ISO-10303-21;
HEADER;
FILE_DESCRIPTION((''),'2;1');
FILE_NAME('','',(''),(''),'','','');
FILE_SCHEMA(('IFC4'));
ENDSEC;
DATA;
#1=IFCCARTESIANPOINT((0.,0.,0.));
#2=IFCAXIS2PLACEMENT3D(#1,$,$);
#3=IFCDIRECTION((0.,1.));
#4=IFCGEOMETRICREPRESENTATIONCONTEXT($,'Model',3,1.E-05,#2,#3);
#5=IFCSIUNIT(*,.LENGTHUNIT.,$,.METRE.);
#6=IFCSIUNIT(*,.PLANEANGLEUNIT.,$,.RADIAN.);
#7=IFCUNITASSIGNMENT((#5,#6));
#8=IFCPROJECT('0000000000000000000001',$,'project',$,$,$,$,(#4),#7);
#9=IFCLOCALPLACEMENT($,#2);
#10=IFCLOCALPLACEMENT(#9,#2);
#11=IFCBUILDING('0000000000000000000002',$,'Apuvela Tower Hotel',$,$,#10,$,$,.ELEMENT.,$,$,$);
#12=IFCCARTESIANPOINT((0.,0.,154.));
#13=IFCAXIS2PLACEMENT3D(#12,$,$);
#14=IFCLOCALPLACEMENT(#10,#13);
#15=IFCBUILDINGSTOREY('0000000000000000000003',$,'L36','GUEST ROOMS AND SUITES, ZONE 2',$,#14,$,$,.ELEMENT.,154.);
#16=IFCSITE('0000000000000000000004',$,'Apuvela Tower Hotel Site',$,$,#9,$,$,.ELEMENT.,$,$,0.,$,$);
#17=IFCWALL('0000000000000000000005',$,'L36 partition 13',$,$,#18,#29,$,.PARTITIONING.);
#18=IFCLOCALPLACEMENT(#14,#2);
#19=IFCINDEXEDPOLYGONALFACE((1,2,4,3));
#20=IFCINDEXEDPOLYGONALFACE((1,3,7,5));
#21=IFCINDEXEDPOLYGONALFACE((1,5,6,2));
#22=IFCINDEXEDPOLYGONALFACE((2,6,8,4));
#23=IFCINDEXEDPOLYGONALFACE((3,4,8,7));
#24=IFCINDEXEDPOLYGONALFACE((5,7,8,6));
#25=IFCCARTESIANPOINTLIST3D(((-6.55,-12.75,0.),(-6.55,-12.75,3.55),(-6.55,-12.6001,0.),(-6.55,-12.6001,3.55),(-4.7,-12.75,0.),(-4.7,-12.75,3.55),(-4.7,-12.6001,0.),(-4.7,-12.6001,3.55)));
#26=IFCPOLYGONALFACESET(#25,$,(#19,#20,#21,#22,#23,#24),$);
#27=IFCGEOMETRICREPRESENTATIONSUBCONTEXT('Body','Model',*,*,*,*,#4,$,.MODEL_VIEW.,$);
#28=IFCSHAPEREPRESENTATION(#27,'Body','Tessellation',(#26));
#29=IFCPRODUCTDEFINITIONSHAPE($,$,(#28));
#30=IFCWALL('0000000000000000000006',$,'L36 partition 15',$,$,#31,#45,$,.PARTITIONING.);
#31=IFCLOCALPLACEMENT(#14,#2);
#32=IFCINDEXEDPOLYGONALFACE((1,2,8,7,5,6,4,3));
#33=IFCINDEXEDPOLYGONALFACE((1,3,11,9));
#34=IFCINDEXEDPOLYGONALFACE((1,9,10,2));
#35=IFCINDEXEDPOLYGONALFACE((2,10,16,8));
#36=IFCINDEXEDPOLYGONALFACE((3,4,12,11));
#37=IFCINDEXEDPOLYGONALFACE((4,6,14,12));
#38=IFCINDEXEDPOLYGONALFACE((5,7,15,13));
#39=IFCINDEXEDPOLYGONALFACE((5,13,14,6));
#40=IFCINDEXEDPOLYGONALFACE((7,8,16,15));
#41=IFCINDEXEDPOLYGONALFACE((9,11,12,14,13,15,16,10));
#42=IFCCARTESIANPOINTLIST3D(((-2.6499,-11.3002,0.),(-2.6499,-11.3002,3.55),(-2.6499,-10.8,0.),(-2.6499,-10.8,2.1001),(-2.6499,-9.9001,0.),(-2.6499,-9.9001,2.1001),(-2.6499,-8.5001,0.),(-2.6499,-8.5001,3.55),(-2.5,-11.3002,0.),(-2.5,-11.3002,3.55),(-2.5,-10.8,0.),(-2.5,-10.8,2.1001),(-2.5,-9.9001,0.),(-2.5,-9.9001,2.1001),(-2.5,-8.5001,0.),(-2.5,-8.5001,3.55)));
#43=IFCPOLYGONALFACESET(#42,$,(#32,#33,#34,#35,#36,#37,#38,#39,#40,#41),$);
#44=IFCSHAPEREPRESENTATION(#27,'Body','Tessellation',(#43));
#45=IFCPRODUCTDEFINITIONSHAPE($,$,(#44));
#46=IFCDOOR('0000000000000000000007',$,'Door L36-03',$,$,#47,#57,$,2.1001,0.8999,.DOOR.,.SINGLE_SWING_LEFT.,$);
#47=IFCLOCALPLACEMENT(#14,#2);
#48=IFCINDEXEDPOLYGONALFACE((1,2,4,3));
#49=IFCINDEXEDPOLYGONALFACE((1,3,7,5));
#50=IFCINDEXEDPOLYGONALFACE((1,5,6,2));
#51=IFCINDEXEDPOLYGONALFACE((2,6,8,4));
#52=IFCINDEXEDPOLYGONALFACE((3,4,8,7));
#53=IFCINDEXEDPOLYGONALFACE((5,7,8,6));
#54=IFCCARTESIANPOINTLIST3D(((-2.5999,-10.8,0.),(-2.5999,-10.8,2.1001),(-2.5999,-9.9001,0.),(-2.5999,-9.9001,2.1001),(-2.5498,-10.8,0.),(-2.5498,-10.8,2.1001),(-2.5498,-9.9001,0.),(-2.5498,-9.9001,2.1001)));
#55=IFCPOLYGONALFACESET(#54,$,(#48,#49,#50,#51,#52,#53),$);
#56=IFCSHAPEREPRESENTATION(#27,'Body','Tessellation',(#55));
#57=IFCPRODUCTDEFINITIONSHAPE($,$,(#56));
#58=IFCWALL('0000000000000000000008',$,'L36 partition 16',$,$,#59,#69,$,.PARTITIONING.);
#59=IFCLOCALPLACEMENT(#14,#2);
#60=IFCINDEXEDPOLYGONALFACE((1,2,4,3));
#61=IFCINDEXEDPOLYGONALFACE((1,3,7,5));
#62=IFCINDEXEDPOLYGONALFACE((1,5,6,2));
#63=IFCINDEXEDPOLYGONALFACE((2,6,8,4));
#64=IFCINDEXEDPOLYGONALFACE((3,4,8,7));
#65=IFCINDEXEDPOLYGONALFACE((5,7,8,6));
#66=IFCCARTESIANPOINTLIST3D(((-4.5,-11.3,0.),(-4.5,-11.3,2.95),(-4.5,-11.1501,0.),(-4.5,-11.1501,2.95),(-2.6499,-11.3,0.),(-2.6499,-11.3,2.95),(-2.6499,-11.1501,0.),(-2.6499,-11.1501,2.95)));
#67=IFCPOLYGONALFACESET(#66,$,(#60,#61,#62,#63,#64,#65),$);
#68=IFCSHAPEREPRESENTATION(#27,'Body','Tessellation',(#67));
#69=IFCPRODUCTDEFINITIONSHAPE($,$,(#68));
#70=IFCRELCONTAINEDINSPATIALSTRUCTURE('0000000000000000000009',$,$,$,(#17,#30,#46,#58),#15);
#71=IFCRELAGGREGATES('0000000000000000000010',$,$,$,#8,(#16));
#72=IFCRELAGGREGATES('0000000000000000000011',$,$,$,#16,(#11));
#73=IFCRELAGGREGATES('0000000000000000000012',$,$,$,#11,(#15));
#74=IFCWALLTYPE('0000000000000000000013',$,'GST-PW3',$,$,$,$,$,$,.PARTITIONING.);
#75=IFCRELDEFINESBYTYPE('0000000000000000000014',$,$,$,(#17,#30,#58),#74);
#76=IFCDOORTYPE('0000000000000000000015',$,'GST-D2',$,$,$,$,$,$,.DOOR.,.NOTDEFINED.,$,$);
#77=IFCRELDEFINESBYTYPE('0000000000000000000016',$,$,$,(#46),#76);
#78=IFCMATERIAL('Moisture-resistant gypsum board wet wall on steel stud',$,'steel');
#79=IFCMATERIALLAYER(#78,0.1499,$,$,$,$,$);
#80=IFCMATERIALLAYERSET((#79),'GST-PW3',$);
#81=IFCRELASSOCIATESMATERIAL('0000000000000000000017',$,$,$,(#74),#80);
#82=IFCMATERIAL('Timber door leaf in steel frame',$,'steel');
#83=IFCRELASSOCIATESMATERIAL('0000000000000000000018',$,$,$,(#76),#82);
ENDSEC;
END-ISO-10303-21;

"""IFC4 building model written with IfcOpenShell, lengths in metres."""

from ifc_helpers import new_model, si_unit, direction, frame, frame_2d, origin, place, context, subcontext, project, spatial, rectangle, extrude, material, layer, layer_set, type_object, element, fill, save


model = new_model("IFC4")

# Units and contexts
model_context = context("Model", 3, precision=1e-05, world=origin(), true_north=direction((0.0, 1.0)))
body_context = subcontext(model_context, "Body", "Model", "MODEL_VIEW")
ifc_project = project(units=[si_unit("LENGTHUNIT", "METRE"), si_unit("PLANEANGLEUNIT", "RADIAN")], contexts=[model_context])

# Site, building, storey
site_placement = place(None, origin())
site = spatial("IfcSite", under=ifc_project, at=site_placement, Name="Apuvela Tower Hotel Site", CompositionType="ELEMENT", RefElevation=0.0)
building_placement = place(site_placement, origin())
building = spatial("IfcBuilding", under=site, at=building_placement, Name="Apuvela Tower Hotel", CompositionType="ELEMENT")
storey_placement = place(building_placement, frame((0.0, 0.0, 154.0)))
storey = spatial("IfcBuildingStorey", under=building, at=storey_placement, Name="L36", Description="GUEST ROOMS AND SUITES, ZONE 2", CompositionType="ELEMENT", Elevation=154.0)

# Shared definitions
ifc_material_1 = material(Name="Timber door leaf in steel frame", Category="steel")
ifc_material_2 = material(Name="Moisture-resistant gypsum board wet wall on steel stud", Category="steel")
ifc_layer_1 = layer(ifc_material_2, 0.1499)
ifc_layer_set_1 = layer_set([ifc_layer_1], Name="GST-PW3")
wall_type_1 = type_object("IfcWallType", Name="GST-PW3", PredefinedType="PARTITIONING", material=ifc_layer_set_1)
door_type_1 = type_object("IfcDoorType", Name="GST-D2", OperationType="NOTDEFINED", PredefinedType="DOOR", material=ifc_material_1)

# Wall
for number, where, z_axis, x_axis, name in (
    (1, (-6.55, -12.675, 0.0), (0.0, 0.0, 1.0), (1.0, 0.0, 0.0), "L36 partition 13"),
):
    element("IfcWall", number, at=place(storey_placement, frame(where, z_axis=z_axis, x_axis=x_axis)), inside=storey, type_object=wall_type_1, Name=name, PredefinedType="PARTITIONING", context=body_context, shape_type="SweptSolid", body=[
        extrude(rectangle(XDim=1.8501, YDim=0.1499, at=frame_2d((0.925, 0.0))), origin(), (0.0, 0.0, 1.0), 3.55),
    ])

# Wall, opening, door
wall_1_placement = place(storey_placement, frame((-2.575, -11.3, 0.0), z_axis=(0.0, 0.0, 1.0), x_axis=(0.0, 1.0, 0.0)))
wall_1 = element("IfcWall", 2, at=wall_1_placement, inside=storey, type_object=wall_type_1, Name="L36 partition 15", PredefinedType="PARTITIONING", context=body_context, shape_type="SweptSolid", body=[
    extrude(rectangle(XDim=2.8, YDim=0.1499, at=frame_2d((1.3999, 0.0))), origin(), (0.0, 0.0, 1.0), 3.55),
])
opening_1_placement = place(wall_1_placement, frame((0.5, 0.0, 0.0)))
opening_1 = element("IfcOpeningElement", 3, at=opening_1_placement, cuts=wall_1, PredefinedType="OPENING", context=body_context, shape_type="SweptSolid", body=[
    extrude(rectangle(XDim=0.8999, YDim=2.1001, at=frame_2d((0.45, 1.05))), frame((0.0, 0.085, 0.0), z_axis=(0.0, -1.0, 0.0), x_axis=(1.0, 0.0, 0.0)), (0.0, 0.0, 1.0), 0.1699),
])
door_1_placement = place(opening_1_placement, origin())
door_1 = element("IfcDoor", 4, at=door_1_placement, inside=storey, type_object=door_type_1, Name="Door L36-03", OperationType="SINGLE_SWING_LEFT", OverallHeight=2.1001, OverallWidth=0.8999, PredefinedType="DOOR", context=body_context, shape_type="SweptSolid", body=[
    extrude(rectangle(XDim=0.8999, YDim=2.1001, at=frame_2d((0.45, 1.05))), frame((0.0, 0.0249, 0.0), z_axis=(0.0, -1.0, 0.0), x_axis=(1.0, 0.0, 0.0)), (0.0, 0.0, 1.0), 0.05),
])
fill(opening_1, door_1)

# Wall
wall_2_placement = place(storey_placement, frame((-4.5, -11.2251, 0.0), z_axis=(0.0, 0.0, 1.0), x_axis=(1.0, 0.0, 0.0)))
element("IfcWall", 5, at=wall_2_placement, inside=storey, type_object=wall_type_1, Name="L36 partition 16", PredefinedType="PARTITIONING", context=body_context, shape_type="SweptSolid", body=[
    extrude(rectangle(XDim=1.8501, YDim=0.1499, at=frame_2d((0.925, 0.0))), origin(), (0.0, 0.0, 1.0), 2.95),
])

save(model, "model.ifc")
